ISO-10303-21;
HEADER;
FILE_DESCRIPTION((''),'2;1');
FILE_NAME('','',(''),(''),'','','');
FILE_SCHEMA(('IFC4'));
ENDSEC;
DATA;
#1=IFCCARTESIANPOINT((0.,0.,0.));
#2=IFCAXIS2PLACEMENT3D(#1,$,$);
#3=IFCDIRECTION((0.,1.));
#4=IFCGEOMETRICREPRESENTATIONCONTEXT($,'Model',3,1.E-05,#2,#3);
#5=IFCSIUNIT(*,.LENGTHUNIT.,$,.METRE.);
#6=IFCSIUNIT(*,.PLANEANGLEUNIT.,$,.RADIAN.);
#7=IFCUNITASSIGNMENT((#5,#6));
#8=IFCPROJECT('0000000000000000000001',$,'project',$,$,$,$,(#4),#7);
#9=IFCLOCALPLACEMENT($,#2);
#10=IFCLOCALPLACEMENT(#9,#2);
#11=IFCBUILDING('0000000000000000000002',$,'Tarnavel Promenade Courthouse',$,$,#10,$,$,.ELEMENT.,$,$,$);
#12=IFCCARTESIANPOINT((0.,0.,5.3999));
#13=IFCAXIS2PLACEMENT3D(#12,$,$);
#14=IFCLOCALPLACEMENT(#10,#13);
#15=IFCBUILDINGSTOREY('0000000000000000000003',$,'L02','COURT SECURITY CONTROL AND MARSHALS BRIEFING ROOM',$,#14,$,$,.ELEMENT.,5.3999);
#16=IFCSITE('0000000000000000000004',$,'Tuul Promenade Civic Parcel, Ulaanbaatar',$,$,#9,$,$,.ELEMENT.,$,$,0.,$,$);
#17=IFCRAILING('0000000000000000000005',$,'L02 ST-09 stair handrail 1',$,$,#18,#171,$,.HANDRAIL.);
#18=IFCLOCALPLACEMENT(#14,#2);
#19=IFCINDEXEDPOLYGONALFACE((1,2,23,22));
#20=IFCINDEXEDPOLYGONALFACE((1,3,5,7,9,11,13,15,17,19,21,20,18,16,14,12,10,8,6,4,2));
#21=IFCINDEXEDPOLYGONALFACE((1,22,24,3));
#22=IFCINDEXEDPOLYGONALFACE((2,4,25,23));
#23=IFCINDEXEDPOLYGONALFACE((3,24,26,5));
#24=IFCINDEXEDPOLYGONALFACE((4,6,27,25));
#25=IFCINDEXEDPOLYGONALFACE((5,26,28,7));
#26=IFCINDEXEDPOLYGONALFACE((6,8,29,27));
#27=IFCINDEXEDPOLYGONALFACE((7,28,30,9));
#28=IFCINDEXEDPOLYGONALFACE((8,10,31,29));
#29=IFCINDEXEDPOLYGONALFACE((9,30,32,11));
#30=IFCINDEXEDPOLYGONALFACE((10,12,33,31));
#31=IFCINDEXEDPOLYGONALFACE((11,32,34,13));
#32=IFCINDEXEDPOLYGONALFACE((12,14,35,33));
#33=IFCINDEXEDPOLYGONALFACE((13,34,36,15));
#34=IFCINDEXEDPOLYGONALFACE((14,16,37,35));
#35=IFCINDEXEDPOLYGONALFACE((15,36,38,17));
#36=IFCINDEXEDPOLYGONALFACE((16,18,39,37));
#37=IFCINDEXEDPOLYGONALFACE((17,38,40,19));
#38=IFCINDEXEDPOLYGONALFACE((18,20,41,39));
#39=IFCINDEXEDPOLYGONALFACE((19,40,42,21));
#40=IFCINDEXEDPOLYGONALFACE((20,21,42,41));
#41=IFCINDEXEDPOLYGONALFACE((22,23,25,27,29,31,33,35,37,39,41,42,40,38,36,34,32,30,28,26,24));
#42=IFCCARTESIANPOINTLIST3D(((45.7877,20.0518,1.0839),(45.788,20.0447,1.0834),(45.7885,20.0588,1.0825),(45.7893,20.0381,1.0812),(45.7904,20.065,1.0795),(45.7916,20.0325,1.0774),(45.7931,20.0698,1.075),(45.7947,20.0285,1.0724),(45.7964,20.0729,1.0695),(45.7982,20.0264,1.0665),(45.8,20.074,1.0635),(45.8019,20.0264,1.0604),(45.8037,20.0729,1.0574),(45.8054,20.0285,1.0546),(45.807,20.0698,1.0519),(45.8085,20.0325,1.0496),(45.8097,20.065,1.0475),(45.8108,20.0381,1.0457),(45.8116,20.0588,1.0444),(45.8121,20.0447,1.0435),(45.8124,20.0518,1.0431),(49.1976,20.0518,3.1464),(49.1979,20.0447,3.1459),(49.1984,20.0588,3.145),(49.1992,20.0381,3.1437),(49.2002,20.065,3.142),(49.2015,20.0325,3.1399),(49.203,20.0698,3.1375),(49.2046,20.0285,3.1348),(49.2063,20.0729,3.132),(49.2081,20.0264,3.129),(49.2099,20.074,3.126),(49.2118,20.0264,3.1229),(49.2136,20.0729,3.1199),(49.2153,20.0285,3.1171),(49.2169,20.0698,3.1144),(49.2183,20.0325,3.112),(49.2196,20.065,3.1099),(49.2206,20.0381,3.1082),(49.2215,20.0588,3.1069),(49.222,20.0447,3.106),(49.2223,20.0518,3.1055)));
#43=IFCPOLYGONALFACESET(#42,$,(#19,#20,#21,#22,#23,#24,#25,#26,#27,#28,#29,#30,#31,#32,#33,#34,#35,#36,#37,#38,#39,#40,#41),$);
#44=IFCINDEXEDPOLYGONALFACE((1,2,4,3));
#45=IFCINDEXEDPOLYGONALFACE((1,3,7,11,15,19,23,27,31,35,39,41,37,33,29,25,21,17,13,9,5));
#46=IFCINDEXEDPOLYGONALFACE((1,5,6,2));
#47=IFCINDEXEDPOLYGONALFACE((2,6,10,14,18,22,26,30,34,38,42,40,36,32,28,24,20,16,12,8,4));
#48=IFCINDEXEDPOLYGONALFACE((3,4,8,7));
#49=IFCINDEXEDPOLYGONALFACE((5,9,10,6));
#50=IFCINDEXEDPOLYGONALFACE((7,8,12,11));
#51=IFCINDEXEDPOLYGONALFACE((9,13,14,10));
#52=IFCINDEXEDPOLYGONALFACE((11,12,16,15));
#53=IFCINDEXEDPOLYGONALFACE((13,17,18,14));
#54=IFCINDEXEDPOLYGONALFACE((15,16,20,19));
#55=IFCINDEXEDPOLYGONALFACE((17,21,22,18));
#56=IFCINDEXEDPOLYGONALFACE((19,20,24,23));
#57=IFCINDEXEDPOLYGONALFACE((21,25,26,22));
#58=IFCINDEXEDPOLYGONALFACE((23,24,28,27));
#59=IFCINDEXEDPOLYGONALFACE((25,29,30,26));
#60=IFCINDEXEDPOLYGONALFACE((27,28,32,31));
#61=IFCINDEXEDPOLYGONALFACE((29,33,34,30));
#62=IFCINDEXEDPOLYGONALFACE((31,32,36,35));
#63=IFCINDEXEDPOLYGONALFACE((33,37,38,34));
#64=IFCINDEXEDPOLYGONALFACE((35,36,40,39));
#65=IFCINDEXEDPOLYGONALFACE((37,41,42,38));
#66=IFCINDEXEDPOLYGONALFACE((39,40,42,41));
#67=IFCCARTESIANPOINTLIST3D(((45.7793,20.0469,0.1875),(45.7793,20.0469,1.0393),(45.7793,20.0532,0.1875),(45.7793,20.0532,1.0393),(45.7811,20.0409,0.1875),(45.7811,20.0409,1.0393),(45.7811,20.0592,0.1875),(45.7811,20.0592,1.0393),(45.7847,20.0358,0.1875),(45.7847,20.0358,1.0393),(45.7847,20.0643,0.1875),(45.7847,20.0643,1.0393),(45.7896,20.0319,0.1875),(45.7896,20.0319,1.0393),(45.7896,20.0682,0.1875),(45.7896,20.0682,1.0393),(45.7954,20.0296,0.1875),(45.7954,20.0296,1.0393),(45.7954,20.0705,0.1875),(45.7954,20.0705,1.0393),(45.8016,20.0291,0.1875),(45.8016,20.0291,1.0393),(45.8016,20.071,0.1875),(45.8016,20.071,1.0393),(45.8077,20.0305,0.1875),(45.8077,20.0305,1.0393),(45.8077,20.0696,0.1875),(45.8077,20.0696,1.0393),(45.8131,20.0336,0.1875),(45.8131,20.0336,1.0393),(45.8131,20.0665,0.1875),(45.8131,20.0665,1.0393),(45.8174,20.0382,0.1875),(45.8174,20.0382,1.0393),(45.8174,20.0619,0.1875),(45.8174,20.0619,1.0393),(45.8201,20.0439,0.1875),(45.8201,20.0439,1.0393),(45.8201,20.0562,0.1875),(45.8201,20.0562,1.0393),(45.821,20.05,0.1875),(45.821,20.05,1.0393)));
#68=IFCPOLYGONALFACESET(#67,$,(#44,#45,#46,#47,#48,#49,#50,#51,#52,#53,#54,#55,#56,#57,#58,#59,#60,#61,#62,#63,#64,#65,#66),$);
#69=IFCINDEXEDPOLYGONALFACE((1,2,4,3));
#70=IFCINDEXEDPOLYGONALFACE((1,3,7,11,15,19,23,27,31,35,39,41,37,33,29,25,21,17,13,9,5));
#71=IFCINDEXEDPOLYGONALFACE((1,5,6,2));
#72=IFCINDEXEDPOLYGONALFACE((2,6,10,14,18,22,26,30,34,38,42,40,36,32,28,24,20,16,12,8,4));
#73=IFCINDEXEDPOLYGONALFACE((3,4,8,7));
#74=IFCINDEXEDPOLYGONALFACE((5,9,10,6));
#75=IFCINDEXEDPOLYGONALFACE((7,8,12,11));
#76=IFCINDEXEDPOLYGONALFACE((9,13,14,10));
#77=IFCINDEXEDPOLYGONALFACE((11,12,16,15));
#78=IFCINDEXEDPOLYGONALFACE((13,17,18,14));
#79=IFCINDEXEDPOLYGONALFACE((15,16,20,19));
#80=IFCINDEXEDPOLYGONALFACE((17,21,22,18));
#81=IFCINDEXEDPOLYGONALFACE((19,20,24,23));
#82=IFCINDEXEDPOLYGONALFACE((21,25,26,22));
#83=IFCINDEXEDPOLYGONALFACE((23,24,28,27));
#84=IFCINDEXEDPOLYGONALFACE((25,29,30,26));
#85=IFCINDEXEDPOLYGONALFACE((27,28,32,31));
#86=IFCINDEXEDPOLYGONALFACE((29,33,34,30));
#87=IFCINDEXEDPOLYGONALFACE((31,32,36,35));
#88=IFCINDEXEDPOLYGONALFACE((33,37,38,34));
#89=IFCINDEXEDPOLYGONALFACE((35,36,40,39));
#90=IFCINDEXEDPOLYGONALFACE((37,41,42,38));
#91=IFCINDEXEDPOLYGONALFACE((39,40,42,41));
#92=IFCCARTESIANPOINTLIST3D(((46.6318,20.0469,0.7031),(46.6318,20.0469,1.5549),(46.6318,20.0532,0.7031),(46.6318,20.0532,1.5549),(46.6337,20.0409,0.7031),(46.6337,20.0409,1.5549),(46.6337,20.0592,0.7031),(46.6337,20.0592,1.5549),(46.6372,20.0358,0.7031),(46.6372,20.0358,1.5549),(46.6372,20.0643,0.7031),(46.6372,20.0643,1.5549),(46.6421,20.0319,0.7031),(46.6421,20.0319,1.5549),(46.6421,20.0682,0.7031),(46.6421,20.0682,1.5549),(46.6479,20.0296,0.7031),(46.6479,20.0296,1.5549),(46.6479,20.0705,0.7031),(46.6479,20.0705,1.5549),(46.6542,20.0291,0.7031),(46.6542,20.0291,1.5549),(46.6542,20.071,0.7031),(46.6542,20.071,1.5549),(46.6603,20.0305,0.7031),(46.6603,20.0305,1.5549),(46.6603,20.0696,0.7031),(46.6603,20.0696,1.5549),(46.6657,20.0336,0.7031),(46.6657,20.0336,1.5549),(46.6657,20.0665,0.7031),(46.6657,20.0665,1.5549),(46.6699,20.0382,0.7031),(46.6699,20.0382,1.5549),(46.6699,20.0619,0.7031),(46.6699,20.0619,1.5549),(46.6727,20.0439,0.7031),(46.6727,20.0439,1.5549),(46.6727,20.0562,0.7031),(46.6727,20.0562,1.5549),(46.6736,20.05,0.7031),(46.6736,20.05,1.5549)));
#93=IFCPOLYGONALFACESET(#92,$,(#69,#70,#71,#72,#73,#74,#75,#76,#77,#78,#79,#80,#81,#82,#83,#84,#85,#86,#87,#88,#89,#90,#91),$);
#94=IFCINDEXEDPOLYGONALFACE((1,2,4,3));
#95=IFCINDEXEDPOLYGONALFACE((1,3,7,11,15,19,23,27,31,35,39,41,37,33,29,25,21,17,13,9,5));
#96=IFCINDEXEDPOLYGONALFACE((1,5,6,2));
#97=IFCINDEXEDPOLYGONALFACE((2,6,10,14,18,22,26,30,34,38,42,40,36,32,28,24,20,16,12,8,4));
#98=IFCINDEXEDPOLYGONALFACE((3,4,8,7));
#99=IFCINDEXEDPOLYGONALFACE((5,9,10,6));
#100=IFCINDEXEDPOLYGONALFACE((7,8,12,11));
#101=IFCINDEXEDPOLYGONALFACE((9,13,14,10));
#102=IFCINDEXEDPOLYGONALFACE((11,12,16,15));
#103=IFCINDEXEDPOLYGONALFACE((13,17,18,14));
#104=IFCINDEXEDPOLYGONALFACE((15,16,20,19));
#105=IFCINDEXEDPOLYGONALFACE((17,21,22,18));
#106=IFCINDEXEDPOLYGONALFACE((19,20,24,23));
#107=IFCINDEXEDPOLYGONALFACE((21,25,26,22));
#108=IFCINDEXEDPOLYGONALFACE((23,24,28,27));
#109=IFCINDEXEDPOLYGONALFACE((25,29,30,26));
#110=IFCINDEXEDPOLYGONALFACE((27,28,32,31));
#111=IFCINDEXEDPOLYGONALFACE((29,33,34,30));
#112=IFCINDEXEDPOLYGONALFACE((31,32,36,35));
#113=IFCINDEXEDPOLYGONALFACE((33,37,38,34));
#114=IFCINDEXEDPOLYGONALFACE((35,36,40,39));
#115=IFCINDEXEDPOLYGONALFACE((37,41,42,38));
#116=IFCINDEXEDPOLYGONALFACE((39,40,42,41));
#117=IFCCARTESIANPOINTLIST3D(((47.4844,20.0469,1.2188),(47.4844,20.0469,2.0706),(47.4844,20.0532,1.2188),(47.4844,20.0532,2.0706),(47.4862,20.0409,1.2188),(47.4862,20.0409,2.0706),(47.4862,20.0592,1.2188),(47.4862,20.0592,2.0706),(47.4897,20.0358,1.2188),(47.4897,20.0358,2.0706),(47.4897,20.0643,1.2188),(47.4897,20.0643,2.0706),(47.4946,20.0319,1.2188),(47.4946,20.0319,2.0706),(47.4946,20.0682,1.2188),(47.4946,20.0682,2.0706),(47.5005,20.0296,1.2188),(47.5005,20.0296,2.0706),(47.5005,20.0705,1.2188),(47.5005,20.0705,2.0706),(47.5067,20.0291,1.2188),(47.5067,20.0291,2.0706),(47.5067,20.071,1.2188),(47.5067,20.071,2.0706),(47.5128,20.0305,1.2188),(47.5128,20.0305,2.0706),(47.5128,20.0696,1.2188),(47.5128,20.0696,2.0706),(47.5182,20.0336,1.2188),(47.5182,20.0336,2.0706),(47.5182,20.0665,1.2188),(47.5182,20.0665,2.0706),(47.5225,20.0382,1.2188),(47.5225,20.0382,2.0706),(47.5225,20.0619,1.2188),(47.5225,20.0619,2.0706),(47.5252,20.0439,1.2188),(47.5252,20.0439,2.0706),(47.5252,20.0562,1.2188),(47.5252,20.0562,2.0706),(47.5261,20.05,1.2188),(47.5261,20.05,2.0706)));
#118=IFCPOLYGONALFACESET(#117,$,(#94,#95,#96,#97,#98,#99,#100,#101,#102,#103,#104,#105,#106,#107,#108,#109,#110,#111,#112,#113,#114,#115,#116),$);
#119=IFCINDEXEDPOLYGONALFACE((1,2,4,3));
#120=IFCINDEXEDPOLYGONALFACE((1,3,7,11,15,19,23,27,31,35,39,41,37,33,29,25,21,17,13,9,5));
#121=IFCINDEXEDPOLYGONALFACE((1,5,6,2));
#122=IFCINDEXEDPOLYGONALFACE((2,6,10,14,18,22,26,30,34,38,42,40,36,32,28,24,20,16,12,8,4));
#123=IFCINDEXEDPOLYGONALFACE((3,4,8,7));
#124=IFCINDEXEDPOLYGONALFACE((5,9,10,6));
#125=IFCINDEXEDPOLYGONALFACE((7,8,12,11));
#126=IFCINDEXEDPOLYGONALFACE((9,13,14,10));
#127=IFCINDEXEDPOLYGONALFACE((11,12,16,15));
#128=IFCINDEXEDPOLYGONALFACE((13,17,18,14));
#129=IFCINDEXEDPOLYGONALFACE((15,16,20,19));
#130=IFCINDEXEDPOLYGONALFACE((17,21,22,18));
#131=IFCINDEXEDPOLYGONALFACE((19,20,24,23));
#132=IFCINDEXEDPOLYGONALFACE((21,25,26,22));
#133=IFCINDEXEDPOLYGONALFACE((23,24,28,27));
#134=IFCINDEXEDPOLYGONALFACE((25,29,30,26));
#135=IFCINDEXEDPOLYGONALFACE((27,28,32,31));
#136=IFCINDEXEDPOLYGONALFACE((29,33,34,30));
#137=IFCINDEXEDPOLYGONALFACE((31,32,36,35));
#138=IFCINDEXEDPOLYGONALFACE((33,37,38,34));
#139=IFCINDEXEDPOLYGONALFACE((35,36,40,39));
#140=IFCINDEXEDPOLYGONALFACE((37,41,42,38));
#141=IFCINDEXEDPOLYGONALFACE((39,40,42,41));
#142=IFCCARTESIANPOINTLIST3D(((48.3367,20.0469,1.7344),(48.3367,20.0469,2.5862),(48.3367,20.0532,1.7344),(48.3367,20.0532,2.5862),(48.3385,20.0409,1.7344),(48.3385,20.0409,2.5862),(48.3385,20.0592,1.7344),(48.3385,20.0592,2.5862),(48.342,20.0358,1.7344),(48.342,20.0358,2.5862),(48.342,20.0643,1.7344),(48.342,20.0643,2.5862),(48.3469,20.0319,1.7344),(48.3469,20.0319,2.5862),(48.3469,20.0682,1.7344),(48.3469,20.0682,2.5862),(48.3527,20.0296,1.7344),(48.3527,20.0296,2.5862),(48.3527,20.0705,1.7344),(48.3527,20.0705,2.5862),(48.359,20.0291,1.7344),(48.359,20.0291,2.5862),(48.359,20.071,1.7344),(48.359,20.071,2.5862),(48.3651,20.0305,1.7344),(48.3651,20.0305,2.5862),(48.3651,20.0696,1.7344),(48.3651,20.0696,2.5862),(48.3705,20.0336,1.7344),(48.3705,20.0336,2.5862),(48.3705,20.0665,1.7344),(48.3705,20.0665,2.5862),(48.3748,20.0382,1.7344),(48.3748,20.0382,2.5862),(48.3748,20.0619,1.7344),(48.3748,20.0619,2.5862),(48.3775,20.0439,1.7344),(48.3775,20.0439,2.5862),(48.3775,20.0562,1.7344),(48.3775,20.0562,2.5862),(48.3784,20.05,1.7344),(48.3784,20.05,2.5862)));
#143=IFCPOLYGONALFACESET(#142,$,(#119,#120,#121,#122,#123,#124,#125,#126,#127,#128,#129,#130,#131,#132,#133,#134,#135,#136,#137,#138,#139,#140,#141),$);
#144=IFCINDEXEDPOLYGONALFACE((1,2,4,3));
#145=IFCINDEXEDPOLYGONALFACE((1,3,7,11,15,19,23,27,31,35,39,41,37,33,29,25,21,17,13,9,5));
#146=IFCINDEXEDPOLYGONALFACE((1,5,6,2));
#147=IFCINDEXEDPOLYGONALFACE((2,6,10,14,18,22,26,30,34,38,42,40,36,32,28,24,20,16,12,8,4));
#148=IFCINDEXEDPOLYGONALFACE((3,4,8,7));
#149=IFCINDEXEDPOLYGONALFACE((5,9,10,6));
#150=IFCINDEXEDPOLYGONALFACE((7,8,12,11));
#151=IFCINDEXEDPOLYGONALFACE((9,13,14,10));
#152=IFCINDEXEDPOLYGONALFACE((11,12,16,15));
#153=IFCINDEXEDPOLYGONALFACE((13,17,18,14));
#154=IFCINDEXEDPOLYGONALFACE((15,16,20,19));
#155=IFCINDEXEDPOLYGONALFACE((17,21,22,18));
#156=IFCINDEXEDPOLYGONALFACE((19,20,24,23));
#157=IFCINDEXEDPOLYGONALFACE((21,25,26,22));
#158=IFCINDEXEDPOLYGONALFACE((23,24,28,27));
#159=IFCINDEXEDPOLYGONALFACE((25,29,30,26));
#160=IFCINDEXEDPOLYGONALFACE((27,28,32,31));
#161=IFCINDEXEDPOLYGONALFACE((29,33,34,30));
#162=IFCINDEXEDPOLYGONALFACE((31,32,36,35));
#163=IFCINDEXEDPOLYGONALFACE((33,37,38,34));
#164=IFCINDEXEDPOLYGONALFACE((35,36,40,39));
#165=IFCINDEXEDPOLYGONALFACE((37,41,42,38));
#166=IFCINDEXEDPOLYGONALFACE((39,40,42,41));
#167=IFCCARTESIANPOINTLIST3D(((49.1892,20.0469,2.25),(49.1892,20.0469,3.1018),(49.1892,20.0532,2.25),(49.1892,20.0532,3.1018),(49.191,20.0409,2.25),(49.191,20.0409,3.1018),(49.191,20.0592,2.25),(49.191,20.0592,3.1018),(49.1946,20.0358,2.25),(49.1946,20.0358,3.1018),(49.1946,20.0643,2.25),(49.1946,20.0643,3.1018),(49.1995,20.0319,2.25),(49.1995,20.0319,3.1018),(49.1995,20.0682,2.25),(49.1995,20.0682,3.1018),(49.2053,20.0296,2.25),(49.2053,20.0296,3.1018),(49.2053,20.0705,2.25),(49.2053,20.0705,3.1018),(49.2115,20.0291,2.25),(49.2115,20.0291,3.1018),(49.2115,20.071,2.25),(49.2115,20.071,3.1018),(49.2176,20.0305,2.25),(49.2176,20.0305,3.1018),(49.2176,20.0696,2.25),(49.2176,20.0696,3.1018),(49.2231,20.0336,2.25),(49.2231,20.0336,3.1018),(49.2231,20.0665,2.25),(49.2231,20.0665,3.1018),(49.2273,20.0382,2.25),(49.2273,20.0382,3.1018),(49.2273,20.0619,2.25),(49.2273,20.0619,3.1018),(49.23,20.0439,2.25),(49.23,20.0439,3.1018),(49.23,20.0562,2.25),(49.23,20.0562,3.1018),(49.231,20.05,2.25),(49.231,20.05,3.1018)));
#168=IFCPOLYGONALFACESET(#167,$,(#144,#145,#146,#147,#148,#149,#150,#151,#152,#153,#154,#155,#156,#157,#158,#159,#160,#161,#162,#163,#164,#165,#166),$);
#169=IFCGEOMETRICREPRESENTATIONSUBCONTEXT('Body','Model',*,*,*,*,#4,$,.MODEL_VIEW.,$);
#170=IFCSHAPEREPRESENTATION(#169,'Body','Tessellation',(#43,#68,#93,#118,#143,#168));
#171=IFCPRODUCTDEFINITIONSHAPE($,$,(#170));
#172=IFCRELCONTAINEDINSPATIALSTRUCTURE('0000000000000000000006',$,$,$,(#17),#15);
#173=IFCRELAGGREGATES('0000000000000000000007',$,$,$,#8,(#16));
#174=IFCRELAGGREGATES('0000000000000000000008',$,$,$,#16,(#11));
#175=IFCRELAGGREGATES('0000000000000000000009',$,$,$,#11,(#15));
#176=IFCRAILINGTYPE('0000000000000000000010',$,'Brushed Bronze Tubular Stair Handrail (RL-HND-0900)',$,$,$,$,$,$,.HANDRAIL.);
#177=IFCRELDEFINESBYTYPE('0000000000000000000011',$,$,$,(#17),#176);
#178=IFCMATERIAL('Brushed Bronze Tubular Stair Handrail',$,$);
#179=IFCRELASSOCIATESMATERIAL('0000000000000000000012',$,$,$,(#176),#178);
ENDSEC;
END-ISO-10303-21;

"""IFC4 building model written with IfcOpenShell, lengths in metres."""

from ifc_helpers import new_model, si_unit, direction, frame, origin, origin_2d, place, context, subcontext, project, spatial, circle, extrude, material, type_object, element, save


model = new_model("IFC4")

# Units and contexts
model_context = context("Model", 3, precision=1e-05, world=origin(), true_north=direction((0.0, 1.0)))
body_context = subcontext(model_context, "Body", "Model", "MODEL_VIEW")
ifc_project = project(units=[si_unit("LENGTHUNIT", "METRE"), si_unit("PLANEANGLEUNIT", "RADIAN")], contexts=[model_context])

# Site, building, storey
site_placement = place(None, origin())
site = spatial("IfcSite", under=ifc_project, at=site_placement, Name="Tuul Promenade Civic Parcel, Ulaanbaatar", CompositionType="ELEMENT", RefElevation=0.0)
building_placement = place(site_placement, origin())
building = spatial("IfcBuilding", under=site, at=building_placement, Name="Tarnavel Promenade Courthouse", CompositionType="ELEMENT")
storey_placement = place(building_placement, frame((0.0, 0.0, 5.3999)))
storey = spatial("IfcBuildingStorey", under=building, at=storey_placement, Name="L02", Description="COURT SECURITY CONTROL AND MARSHALS BRIEFING ROOM", CompositionType="ELEMENT", Elevation=5.3999)

# Railing
ifc_material_1 = material(Name="Brushed Bronze Tubular Stair Handrail")
railing_type_1 = type_object("IfcRailingType", Name="Brushed Bronze Tubular Stair Handrail (RL-HND-0900)", PredefinedType="HANDRAIL", material=ifc_material_1)
railing_1_placement = place(storey_placement, frame((45.8, 20.05, 0.1875)))
element("IfcRailing", 1, at=railing_1_placement, inside=storey, type_object=railing_type_1, Name="L02 ST-09 stair handrail 1", PredefinedType="HANDRAIL", context=body_context, shape_type="SweptSolid", body=[
    extrude(circle(Radius=0.0239, at=origin_2d()), frame((0.0, 0.0, 0.876), z_axis=(0.855655, 0.0, 0.517547), x_axis=(0.0, 1.0, 0.0)), (0.0, 0.0, 1.0), 3.9851),
    extrude(circle(Radius=0.021, at=origin_2d()), origin(), (0.0, 0.0, 1.0), 0.8518),
    extrude(circle(Radius=0.021, at=origin_2d()), frame((0.8525, 0.0, 0.5156)), (0.0, 0.0, 1.0), 0.8518),
    extrude(circle(Radius=0.021, at=origin_2d()), frame((1.7051, 0.0, 1.0312)), (0.0, 0.0, 1.0), 0.8518),
    extrude(circle(Radius=0.021, at=origin_2d()), frame((2.5574, 0.0, 1.5469)), (0.0, 0.0, 1.0), 0.8518),
    extrude(circle(Radius=0.021, at=origin_2d()), frame((3.4099, 0.0, 2.0625)), (0.0, 0.0, 1.0), 0.8518),
])

save(model, "model.ifc")
